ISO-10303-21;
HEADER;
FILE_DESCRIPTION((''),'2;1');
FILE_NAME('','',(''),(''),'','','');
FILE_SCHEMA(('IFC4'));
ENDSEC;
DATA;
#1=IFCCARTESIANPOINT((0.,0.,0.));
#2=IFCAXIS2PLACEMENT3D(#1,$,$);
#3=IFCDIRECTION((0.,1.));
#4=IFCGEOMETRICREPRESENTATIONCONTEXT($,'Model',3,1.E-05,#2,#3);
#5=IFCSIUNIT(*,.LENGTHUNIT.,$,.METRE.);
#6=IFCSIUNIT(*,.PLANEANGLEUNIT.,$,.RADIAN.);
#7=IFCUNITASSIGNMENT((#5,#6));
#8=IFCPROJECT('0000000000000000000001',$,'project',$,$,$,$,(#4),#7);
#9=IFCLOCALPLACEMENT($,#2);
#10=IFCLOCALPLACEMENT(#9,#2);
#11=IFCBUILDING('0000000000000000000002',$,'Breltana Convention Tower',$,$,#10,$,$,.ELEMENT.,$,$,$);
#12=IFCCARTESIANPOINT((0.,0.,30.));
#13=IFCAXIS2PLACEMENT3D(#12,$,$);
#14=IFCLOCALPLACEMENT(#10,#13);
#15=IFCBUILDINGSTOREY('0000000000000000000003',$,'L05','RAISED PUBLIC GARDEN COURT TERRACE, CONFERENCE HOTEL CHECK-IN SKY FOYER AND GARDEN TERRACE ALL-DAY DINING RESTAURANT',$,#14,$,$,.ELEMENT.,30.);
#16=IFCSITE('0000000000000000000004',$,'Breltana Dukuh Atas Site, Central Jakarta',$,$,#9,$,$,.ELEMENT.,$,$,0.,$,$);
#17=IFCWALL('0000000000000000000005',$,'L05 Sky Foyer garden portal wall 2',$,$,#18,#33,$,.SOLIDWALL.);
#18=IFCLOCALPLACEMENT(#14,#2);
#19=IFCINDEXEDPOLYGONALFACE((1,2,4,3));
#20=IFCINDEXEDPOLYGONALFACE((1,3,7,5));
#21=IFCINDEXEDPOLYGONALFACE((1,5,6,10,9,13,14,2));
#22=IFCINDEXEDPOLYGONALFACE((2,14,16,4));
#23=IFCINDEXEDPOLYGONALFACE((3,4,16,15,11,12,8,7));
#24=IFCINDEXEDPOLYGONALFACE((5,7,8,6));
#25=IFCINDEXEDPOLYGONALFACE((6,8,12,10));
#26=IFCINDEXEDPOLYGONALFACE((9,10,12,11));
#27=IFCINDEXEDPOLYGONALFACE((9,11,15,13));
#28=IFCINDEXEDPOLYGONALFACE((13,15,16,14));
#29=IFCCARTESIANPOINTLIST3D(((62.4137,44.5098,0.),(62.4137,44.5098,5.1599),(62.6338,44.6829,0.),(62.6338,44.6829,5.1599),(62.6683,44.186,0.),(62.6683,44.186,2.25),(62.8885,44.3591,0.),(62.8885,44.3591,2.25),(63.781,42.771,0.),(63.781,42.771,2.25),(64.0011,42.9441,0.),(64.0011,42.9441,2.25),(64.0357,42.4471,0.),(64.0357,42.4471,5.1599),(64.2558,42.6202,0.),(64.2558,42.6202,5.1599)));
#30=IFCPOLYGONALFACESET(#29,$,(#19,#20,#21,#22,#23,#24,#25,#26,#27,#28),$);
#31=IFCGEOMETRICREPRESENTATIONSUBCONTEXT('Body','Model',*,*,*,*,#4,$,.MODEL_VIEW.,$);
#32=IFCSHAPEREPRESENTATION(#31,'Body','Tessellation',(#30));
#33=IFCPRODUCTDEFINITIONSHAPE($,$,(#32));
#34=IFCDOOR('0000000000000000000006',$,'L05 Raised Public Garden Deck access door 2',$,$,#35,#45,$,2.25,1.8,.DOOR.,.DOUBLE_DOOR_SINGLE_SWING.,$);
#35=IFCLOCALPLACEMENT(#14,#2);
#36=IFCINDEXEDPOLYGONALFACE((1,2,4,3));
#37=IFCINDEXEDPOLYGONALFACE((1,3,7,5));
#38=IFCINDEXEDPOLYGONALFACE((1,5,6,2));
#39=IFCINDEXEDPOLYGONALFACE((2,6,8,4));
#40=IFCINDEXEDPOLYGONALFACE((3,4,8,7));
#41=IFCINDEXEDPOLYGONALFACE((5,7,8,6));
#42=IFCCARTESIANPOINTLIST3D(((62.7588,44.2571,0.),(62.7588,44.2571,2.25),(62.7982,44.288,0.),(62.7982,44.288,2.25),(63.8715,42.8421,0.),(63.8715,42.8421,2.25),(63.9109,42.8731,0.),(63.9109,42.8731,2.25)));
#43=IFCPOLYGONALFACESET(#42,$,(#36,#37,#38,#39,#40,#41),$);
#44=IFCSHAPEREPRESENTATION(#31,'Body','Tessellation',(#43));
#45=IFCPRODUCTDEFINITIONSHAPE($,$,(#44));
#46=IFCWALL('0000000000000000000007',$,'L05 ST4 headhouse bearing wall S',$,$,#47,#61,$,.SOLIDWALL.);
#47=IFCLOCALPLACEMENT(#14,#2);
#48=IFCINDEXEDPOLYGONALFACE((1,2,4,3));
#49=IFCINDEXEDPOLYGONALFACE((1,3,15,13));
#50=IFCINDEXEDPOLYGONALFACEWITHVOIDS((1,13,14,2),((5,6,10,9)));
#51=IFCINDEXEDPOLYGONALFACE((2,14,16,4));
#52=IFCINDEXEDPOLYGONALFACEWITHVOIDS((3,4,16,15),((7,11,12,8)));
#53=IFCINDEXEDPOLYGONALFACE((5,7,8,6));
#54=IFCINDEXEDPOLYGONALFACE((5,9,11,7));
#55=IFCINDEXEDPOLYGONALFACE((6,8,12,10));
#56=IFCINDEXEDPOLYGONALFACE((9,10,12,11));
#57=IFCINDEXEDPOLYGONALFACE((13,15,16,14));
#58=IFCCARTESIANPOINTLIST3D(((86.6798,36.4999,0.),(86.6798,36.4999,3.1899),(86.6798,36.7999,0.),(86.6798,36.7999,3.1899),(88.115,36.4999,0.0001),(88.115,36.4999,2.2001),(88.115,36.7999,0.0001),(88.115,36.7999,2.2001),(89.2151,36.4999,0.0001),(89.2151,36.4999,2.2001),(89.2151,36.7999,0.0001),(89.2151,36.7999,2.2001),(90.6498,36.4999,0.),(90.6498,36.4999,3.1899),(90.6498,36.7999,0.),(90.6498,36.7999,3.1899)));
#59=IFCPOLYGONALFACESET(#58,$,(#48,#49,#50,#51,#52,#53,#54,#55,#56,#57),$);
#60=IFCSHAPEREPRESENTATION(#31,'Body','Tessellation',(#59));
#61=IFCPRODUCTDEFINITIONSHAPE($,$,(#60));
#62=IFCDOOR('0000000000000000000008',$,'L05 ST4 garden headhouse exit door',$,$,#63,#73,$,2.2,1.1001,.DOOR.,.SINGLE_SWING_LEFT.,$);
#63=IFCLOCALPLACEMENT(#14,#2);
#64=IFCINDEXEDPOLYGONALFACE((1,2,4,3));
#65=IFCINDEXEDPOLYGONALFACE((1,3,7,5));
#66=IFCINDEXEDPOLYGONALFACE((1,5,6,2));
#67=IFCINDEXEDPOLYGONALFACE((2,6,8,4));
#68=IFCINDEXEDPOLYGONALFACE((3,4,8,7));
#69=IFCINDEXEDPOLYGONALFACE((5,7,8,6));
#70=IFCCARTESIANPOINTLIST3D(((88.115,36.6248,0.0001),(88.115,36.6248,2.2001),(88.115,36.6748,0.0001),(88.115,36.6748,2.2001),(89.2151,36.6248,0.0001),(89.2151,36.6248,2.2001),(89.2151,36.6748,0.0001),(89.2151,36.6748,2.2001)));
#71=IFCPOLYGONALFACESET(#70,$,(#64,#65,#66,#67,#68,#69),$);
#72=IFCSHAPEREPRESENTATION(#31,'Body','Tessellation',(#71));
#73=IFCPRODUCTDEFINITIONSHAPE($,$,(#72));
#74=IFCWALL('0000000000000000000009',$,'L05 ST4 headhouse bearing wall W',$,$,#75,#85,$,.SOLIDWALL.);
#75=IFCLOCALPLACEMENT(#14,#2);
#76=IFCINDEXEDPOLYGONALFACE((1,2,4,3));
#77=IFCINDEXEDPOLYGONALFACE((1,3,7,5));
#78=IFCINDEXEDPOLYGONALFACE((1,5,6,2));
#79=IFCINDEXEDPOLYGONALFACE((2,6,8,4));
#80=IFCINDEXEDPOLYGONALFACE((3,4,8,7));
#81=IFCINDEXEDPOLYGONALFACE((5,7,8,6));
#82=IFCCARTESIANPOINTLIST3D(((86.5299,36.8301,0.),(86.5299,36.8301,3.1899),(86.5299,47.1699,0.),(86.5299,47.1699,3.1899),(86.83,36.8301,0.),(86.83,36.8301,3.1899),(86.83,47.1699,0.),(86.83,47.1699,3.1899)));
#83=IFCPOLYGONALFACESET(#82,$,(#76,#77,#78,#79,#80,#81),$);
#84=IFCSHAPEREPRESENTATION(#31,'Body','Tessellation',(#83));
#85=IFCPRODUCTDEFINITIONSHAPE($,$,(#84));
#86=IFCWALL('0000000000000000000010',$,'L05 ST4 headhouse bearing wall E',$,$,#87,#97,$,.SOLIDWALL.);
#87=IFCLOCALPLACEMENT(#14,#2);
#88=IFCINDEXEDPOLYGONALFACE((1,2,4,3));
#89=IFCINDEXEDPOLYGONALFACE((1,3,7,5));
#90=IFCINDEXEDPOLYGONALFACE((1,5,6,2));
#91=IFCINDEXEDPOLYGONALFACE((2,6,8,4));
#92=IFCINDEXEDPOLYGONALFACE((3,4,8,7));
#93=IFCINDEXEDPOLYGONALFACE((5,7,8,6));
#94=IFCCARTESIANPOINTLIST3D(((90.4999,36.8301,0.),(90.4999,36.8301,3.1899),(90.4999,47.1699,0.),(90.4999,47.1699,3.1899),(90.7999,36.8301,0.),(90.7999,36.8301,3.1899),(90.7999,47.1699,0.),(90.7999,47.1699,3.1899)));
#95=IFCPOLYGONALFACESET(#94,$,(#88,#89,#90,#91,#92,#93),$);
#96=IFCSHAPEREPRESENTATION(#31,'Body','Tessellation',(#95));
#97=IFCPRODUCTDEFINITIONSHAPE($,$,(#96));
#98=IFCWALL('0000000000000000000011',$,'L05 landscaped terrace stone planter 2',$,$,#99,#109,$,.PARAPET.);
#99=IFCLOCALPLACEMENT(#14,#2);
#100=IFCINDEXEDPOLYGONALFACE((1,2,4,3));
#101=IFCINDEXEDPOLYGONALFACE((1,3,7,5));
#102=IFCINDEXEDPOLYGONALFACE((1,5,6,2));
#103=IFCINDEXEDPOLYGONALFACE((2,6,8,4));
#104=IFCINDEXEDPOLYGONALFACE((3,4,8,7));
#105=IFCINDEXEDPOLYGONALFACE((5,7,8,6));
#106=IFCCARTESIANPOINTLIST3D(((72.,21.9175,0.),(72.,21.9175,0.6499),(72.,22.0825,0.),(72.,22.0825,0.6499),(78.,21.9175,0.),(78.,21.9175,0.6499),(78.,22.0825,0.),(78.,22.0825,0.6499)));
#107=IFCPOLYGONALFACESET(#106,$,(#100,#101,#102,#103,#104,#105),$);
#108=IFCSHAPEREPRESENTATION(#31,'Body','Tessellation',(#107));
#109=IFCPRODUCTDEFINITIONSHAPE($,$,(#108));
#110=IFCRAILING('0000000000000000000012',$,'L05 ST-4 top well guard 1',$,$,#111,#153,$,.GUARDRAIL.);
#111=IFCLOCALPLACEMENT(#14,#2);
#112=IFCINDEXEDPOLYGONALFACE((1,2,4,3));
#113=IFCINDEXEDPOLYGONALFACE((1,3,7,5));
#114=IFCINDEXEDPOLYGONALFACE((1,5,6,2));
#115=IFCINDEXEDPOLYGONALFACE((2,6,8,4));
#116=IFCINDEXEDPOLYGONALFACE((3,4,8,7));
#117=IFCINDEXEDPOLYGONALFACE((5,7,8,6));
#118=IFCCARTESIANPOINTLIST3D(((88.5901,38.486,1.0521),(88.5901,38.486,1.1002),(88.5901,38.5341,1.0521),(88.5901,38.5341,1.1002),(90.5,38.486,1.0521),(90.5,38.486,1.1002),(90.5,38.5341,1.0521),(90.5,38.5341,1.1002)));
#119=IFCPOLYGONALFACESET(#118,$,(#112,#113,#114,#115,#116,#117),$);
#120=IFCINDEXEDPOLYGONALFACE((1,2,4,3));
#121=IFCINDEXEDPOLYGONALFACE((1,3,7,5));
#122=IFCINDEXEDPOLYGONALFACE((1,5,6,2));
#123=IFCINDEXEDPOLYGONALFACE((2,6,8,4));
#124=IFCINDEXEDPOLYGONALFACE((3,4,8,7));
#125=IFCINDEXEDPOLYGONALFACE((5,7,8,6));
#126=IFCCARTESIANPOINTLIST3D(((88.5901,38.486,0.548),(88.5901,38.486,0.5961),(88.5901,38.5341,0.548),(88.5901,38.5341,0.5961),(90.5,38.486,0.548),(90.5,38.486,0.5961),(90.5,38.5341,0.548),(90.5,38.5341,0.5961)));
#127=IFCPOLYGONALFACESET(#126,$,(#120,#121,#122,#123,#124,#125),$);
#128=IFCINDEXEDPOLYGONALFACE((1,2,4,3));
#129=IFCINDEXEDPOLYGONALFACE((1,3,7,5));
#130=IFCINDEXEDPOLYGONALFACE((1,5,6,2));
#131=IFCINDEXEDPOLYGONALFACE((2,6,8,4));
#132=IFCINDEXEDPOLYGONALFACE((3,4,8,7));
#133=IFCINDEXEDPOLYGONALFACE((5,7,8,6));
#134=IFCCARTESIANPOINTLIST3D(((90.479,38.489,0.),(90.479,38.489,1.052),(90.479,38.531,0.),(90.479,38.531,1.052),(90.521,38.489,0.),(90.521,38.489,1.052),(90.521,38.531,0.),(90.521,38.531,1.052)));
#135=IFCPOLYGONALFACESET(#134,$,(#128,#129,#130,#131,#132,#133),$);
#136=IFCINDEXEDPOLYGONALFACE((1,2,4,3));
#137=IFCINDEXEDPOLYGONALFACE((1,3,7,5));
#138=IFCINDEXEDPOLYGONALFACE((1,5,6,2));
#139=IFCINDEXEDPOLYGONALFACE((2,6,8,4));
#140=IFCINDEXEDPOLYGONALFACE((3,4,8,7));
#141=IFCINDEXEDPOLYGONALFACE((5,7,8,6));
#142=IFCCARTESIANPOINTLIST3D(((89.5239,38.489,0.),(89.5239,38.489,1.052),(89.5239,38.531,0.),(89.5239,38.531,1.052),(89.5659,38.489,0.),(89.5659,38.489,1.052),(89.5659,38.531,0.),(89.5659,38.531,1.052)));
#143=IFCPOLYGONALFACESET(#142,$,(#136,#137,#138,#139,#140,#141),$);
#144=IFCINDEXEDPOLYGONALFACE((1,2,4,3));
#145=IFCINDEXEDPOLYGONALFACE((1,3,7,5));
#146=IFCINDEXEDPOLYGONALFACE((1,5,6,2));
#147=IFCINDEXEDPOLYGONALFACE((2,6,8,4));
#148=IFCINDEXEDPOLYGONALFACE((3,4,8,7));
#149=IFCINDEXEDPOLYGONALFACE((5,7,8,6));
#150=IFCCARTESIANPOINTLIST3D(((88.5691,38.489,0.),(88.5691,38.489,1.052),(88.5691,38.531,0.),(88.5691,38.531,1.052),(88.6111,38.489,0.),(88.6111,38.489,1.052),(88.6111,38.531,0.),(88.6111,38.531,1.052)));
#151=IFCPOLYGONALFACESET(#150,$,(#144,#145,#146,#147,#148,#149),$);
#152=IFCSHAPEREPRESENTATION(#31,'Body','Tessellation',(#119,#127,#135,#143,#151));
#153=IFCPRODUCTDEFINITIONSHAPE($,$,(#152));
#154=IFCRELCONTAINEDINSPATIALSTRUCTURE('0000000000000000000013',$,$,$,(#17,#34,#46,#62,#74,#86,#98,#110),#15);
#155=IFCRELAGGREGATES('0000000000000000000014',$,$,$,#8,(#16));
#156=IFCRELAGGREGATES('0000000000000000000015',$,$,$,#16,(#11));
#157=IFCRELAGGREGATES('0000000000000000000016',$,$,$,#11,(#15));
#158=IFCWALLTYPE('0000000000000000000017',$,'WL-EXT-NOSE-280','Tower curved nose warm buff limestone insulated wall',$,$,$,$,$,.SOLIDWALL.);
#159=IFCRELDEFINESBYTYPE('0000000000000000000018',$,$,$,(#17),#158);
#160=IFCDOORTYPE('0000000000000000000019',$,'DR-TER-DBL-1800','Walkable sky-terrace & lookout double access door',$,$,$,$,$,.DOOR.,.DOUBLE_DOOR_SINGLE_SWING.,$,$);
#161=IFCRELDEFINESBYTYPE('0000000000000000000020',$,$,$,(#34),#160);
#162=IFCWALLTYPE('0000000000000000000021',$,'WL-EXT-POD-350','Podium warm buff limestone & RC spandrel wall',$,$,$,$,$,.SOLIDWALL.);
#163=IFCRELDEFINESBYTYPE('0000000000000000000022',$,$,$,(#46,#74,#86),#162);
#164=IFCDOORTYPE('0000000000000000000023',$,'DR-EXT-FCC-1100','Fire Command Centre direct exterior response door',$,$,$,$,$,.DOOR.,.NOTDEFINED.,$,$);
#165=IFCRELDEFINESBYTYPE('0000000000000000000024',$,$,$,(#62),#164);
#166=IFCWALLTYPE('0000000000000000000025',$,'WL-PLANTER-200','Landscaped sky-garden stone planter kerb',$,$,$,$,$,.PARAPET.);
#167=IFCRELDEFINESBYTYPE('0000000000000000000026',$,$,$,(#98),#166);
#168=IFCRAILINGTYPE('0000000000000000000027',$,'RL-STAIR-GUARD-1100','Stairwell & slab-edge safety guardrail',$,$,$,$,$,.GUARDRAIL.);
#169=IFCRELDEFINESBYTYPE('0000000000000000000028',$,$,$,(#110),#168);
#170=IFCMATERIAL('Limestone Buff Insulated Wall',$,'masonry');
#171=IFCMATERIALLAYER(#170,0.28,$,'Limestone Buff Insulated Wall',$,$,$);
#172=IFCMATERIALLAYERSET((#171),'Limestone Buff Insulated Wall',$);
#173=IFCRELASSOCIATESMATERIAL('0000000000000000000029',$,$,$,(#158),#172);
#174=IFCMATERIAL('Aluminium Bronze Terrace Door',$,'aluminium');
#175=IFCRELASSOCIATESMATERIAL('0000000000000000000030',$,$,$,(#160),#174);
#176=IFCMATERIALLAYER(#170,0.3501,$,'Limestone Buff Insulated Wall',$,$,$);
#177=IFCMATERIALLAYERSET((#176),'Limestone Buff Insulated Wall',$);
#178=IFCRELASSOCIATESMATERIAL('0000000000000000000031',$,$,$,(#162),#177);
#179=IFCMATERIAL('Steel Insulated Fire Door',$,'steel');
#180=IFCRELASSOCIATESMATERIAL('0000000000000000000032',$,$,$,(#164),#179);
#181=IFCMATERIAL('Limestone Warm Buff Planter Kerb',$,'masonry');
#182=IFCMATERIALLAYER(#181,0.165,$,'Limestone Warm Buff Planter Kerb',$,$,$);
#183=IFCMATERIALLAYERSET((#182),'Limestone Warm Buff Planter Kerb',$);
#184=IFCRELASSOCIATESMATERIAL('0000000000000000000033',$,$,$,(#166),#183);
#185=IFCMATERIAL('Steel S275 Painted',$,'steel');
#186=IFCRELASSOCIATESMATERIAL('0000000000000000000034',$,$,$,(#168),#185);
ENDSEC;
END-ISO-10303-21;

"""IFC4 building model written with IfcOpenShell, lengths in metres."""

from ifc_helpers import new_model, si_unit, direction, frame, frame_2d, origin, origin_2d, place, context, subcontext, project, spatial, rectangle, extrude, source, transform, mapped, material, layer, layer_set, type_object, type_shapes, element, fill, save


model = new_model("IFC4")

# Units and contexts
model_context = context("Model", 3, precision=1e-05, world=origin(), true_north=direction((0.0, 1.0)))
body_context = subcontext(model_context, "Body", "Model", "MODEL_VIEW")
ifc_project = project(units=[si_unit("LENGTHUNIT", "METRE"), si_unit("PLANEANGLEUNIT", "RADIAN")], contexts=[model_context])

# Site, building, storey
site_placement = place(None, origin())
site = spatial("IfcSite", under=ifc_project, at=site_placement, Name="Breltana Dukuh Atas Site, Central Jakarta", CompositionType="ELEMENT", RefElevation=0.0)
building_placement = place(site_placement, origin())
building = spatial("IfcBuilding", under=site, at=building_placement, Name="Breltana Convention Tower", CompositionType="ELEMENT")
storey_placement = place(building_placement, frame((0.0, 0.0, 30.0)))
storey = spatial("IfcBuildingStorey", under=building, at=storey_placement, Name="L05", Description="RAISED PUBLIC GARDEN COURT TERRACE, CONFERENCE HOTEL CHECK-IN SKY FOYER AND GARDEN TERRACE ALL-DAY DINING RESTAURANT", CompositionType="ELEMENT", Elevation=30.0)

# Shared definitions
ifc_material_1 = material(Name="Limestone Buff Insulated Wall", Category="masonry")
ifc_layer_1 = layer(ifc_material_1, 0.28, Name="Limestone Buff Insulated Wall")
ifc_layer_set_1 = layer_set([ifc_layer_1], Name="Limestone Buff Insulated Wall")
wall_type_1 = type_object("IfcWallType", Name="WL-EXT-NOSE-280", Description="Tower curved nose warm buff limestone insulated wall", PredefinedType="SOLIDWALL", material=ifc_layer_set_1)

# Walls, openings, doors
ifc_material_2 = material(Name="Aluminium Bronze Terrace Door", Category="aluminium")
door_type_1 = type_object("IfcDoorType", Name="DR-TER-DBL-1800", Description="Walkable sky-terrace & lookout double access door", OperationType="DOUBLE_DOOR_SINGLE_SWING", PredefinedType="DOOR", material=ifc_material_2)
shared_shape_1 = source(origin(), body_context, "Body", "SweptSolid", [
    extrude(rectangle(XDim=1.8, YDim=2.25, at=frame_2d((0.8999, 1.125))), frame((0.0, 0.0249, 0.0), z_axis=(0.0, -1.0, 0.0), x_axis=(1.0, 0.0, 0.0)), (0.0, 0.0, 1.0), 0.05),
])
type_shapes(door_type_1, [shared_shape_1])
shared_shape_2 = source(origin(), body_context, "Body", "SweptSolid", [
    extrude(rectangle(XDim=2.624, YDim=0.28, at=frame_2d((1.312, 0.0))), origin(), (0.0, 0.0, 1.0), 5.1599),
])
wall_1_placement = place(storey_placement, frame((64.1458, 42.5337, 0.0), z_axis=(0.0, 0.0, 1.0), x_axis=(-0.618138, 0.78607, 0.0)))
wall_1 = element("IfcWall", 1, at=wall_1_placement, inside=storey, type_object=wall_type_1, Name="L05 Sky Foyer garden portal wall 2", PredefinedType="SOLIDWALL", context=body_context, shape_type="MappedRepresentation", body=[
    mapped(shared_shape_2, transform((0.0, 0.0, 0.0), scale=1.0)),
])
opening_1_placement = place(wall_1_placement, frame((0.4121, 0.0, 0.0)))
opening_1 = element("IfcOpeningElement", 2, at=opening_1_placement, cuts=wall_1, PredefinedType="OPENING", context=body_context, shape_type="SweptSolid", body=[
    extrude(rectangle(XDim=1.8, YDim=2.25, at=frame_2d((0.8999, 1.125))), frame((0.0, 0.1499, 0.0), z_axis=(0.0, -1.0, 0.0), x_axis=(1.0, 0.0, 0.0)), (0.0, 0.0, 1.0), 0.3),
])
door_1_placement = place(opening_1_placement, origin())
door_1 = element("IfcDoor", 3, at=door_1_placement, inside=storey, type_object=door_type_1, Name="L05 Raised Public Garden Deck access door 2", OperationType="DOUBLE_DOOR_SINGLE_SWING", OverallHeight=2.25, OverallWidth=1.8, PredefinedType="DOOR", context=body_context, shape_type="MappedRepresentation", body=[
    mapped(shared_shape_1, transform((0.0, 0.0, 0.0), scale=1.0)),
])
fill(opening_1, door_1)
ifc_layer_2 = layer(ifc_material_1, 0.3501, Name="Limestone Buff Insulated Wall")
ifc_layer_set_2 = layer_set([ifc_layer_2], Name="Limestone Buff Insulated Wall")
wall_type_2 = type_object("IfcWallType", Name="WL-EXT-POD-350", Description="Podium warm buff limestone & RC spandrel wall", PredefinedType="SOLIDWALL", material=ifc_layer_set_2)
shared_shape_3 = source(origin(), body_context, "Body", "SweptSolid", [
    extrude(rectangle(XDim=3.97, YDim=0.3, at=frame_2d((1.9849, 0.0))), origin(), (0.0, 0.0, 1.0), 3.1899),
])
wall_2_placement = place(storey_placement, frame((86.6799, 36.6499, 0.0), z_axis=(0.0, 0.0, 1.0), x_axis=(1.0, 0.0, 0.0)))
wall_2 = element("IfcWall", 4, at=wall_2_placement, inside=storey, type_object=wall_type_2, Name="L05 ST4 headhouse bearing wall S", PredefinedType="SOLIDWALL", context=body_context, shape_type="MappedRepresentation", body=[
    mapped(shared_shape_3, transform((0.0, 0.0, 0.0), scale=1.0)),
])
opening_2_placement = place(wall_2_placement, frame((1.4351, 0.0, 0.0)))
opening_2 = element("IfcOpeningElement", 5, at=opening_2_placement, cuts=wall_2, PredefinedType="OPENING", context=body_context, shape_type="SweptSolid", body=[
    extrude(rectangle(XDim=1.1001, YDim=2.2, at=frame_2d((0.55, 1.1001))), frame((0.0, 0.1602, 0.0), z_axis=(0.0, -1.0, 0.0), x_axis=(1.0, 0.0, 0.0)), (0.0, 0.0, 1.0), 0.3201),
])
ifc_material_3 = material(Name="Steel Insulated Fire Door", Category="steel")
door_type_2 = type_object("IfcDoorType", Name="DR-EXT-FCC-1100", Description="Fire Command Centre direct exterior response door", OperationType="NOTDEFINED", PredefinedType="DOOR", material=ifc_material_3)
shared_shape_4 = source(origin(), body_context, "Body", "SweptSolid", [
    extrude(rectangle(XDim=1.1001, YDim=2.2, at=frame_2d((0.55, 1.1001))), frame((0.0, 0.0249, 0.0), z_axis=(0.0, -1.0, 0.0), x_axis=(1.0, 0.0, 0.0)), (0.0, 0.0, 1.0), 0.05),
])
type_shapes(door_type_2, [shared_shape_4])
door_2_placement = place(opening_2_placement, origin())
door_2 = element("IfcDoor", 6, at=door_2_placement, inside=storey, type_object=door_type_2, Name="L05 ST4 garden headhouse exit door", OperationType="SINGLE_SWING_LEFT", OverallHeight=2.2, OverallWidth=1.1001, PredefinedType="DOOR", context=body_context, shape_type="MappedRepresentation", body=[
    mapped(shared_shape_4, transform((0.0, 0.0, 0.0), scale=1.0)),
])
fill(opening_2, door_2)

# Walls
shared_shape_5 = source(origin(), body_context, "Body", "SweptSolid", [
    extrude(rectangle(XDim=10.3398, YDim=0.3, at=frame_2d((5.1699, 0.0))), origin(), (0.0, 0.0, 1.0), 3.1899),
])
for number, where, z_axis, x_axis, name in (
    (7, (86.6799, 36.8301, 0.0), (0.0, 0.0, 1.0), (0.0, 1.0, 0.0), "L05 ST4 headhouse bearing wall W"),
    (8, (90.6499, 36.8301, 0.0), (0.0, 0.0, 1.0), (0.0, 1.0, 0.0), "L05 ST4 headhouse bearing wall E"),
):
    element("IfcWall", number, at=place(storey_placement, frame(where, z_axis=z_axis, x_axis=x_axis)), inside=storey, type_object=wall_type_2, Name=name, PredefinedType="SOLIDWALL", context=body_context, shape_type="MappedRepresentation", body=[
        mapped(shared_shape_5, transform((0.0, 0.0, 0.0), scale=1.0)),
    ])
ifc_material_4 = material(Name="Limestone Warm Buff Planter Kerb", Category="masonry")
ifc_layer_3 = layer(ifc_material_4, 0.165, Name="Limestone Warm Buff Planter Kerb")
ifc_layer_set_3 = layer_set([ifc_layer_3], Name="Limestone Warm Buff Planter Kerb")
wall_type_3 = type_object("IfcWallType", Name="WL-PLANTER-200", Description="Landscaped sky-garden stone planter kerb", PredefinedType="PARAPET", material=ifc_layer_set_3)
shared_shape_6 = source(origin(), body_context, "Body", "SweptSolid", [
    extrude(rectangle(XDim=6.0, YDim=0.165, at=frame_2d((3.0, 0.0))), origin(), (0.0, 0.0, 1.0), 0.6499),
])
type_shapes(wall_type_3, [shared_shape_6])
wall_3_placement = place(storey_placement, frame((72.0, 22.0, 0.0), z_axis=(0.0, 0.0, 1.0), x_axis=(1.0, 0.0, 0.0)))
element("IfcWall", 9, at=wall_3_placement, inside=storey, type_object=wall_type_3, Name="L05 landscaped terrace stone planter 2", PredefinedType="PARAPET", context=body_context, shape_type="MappedRepresentation", body=[
    mapped(shared_shape_6, transform((0.0, 0.0, 0.0), scale=1.0)),
])

# Railing
ifc_material_5 = material(Name="Steel S275 Painted", Category="steel")
railing_type_1 = type_object("IfcRailingType", Name="RL-STAIR-GUARD-1100", Description="Stairwell & slab-edge safety guardrail", PredefinedType="GUARDRAIL", material=ifc_material_5)
railing_1_placement = place(storey_placement, frame((90.5, 38.51, 0.0)))
element("IfcRailing", 10, at=railing_1_placement, inside=storey, type_object=railing_type_1, Name="L05 ST-4 top well guard 1", PredefinedType="GUARDRAIL", context=body_context, shape_type="SweptSolid", body=[
    extrude(rectangle(XDim=0.0481, YDim=0.0481, at=origin_2d()), frame((0.0, 0.0, 1.0762), z_axis=(-1.0, 0.0, 0.0), x_axis=(0.0, -1.0, 0.0)), (0.0, 0.0, 1.0), 1.9099),
    extrude(rectangle(XDim=0.0481, YDim=0.0481, at=origin_2d()), frame((0.0, 0.0, 0.572), z_axis=(-1.0, 0.0, 0.0), x_axis=(0.0, -1.0, 0.0)), (0.0, 0.0, 1.0), 1.9099),
    extrude(rectangle(XDim=0.042, YDim=0.042, at=origin_2d()), origin(), (0.0, 0.0, 1.0), 1.052),
    extrude(rectangle(XDim=0.042, YDim=0.042, at=origin_2d()), frame((-0.9551, 0.0, 0.0)), (0.0, 0.0, 1.0), 1.052),
    extrude(rectangle(XDim=0.042, YDim=0.042, at=origin_2d()), frame((-1.9099, 0.0, 0.0)), (0.0, 0.0, 1.0), 1.052),
])

save(model, "model.ifc")
